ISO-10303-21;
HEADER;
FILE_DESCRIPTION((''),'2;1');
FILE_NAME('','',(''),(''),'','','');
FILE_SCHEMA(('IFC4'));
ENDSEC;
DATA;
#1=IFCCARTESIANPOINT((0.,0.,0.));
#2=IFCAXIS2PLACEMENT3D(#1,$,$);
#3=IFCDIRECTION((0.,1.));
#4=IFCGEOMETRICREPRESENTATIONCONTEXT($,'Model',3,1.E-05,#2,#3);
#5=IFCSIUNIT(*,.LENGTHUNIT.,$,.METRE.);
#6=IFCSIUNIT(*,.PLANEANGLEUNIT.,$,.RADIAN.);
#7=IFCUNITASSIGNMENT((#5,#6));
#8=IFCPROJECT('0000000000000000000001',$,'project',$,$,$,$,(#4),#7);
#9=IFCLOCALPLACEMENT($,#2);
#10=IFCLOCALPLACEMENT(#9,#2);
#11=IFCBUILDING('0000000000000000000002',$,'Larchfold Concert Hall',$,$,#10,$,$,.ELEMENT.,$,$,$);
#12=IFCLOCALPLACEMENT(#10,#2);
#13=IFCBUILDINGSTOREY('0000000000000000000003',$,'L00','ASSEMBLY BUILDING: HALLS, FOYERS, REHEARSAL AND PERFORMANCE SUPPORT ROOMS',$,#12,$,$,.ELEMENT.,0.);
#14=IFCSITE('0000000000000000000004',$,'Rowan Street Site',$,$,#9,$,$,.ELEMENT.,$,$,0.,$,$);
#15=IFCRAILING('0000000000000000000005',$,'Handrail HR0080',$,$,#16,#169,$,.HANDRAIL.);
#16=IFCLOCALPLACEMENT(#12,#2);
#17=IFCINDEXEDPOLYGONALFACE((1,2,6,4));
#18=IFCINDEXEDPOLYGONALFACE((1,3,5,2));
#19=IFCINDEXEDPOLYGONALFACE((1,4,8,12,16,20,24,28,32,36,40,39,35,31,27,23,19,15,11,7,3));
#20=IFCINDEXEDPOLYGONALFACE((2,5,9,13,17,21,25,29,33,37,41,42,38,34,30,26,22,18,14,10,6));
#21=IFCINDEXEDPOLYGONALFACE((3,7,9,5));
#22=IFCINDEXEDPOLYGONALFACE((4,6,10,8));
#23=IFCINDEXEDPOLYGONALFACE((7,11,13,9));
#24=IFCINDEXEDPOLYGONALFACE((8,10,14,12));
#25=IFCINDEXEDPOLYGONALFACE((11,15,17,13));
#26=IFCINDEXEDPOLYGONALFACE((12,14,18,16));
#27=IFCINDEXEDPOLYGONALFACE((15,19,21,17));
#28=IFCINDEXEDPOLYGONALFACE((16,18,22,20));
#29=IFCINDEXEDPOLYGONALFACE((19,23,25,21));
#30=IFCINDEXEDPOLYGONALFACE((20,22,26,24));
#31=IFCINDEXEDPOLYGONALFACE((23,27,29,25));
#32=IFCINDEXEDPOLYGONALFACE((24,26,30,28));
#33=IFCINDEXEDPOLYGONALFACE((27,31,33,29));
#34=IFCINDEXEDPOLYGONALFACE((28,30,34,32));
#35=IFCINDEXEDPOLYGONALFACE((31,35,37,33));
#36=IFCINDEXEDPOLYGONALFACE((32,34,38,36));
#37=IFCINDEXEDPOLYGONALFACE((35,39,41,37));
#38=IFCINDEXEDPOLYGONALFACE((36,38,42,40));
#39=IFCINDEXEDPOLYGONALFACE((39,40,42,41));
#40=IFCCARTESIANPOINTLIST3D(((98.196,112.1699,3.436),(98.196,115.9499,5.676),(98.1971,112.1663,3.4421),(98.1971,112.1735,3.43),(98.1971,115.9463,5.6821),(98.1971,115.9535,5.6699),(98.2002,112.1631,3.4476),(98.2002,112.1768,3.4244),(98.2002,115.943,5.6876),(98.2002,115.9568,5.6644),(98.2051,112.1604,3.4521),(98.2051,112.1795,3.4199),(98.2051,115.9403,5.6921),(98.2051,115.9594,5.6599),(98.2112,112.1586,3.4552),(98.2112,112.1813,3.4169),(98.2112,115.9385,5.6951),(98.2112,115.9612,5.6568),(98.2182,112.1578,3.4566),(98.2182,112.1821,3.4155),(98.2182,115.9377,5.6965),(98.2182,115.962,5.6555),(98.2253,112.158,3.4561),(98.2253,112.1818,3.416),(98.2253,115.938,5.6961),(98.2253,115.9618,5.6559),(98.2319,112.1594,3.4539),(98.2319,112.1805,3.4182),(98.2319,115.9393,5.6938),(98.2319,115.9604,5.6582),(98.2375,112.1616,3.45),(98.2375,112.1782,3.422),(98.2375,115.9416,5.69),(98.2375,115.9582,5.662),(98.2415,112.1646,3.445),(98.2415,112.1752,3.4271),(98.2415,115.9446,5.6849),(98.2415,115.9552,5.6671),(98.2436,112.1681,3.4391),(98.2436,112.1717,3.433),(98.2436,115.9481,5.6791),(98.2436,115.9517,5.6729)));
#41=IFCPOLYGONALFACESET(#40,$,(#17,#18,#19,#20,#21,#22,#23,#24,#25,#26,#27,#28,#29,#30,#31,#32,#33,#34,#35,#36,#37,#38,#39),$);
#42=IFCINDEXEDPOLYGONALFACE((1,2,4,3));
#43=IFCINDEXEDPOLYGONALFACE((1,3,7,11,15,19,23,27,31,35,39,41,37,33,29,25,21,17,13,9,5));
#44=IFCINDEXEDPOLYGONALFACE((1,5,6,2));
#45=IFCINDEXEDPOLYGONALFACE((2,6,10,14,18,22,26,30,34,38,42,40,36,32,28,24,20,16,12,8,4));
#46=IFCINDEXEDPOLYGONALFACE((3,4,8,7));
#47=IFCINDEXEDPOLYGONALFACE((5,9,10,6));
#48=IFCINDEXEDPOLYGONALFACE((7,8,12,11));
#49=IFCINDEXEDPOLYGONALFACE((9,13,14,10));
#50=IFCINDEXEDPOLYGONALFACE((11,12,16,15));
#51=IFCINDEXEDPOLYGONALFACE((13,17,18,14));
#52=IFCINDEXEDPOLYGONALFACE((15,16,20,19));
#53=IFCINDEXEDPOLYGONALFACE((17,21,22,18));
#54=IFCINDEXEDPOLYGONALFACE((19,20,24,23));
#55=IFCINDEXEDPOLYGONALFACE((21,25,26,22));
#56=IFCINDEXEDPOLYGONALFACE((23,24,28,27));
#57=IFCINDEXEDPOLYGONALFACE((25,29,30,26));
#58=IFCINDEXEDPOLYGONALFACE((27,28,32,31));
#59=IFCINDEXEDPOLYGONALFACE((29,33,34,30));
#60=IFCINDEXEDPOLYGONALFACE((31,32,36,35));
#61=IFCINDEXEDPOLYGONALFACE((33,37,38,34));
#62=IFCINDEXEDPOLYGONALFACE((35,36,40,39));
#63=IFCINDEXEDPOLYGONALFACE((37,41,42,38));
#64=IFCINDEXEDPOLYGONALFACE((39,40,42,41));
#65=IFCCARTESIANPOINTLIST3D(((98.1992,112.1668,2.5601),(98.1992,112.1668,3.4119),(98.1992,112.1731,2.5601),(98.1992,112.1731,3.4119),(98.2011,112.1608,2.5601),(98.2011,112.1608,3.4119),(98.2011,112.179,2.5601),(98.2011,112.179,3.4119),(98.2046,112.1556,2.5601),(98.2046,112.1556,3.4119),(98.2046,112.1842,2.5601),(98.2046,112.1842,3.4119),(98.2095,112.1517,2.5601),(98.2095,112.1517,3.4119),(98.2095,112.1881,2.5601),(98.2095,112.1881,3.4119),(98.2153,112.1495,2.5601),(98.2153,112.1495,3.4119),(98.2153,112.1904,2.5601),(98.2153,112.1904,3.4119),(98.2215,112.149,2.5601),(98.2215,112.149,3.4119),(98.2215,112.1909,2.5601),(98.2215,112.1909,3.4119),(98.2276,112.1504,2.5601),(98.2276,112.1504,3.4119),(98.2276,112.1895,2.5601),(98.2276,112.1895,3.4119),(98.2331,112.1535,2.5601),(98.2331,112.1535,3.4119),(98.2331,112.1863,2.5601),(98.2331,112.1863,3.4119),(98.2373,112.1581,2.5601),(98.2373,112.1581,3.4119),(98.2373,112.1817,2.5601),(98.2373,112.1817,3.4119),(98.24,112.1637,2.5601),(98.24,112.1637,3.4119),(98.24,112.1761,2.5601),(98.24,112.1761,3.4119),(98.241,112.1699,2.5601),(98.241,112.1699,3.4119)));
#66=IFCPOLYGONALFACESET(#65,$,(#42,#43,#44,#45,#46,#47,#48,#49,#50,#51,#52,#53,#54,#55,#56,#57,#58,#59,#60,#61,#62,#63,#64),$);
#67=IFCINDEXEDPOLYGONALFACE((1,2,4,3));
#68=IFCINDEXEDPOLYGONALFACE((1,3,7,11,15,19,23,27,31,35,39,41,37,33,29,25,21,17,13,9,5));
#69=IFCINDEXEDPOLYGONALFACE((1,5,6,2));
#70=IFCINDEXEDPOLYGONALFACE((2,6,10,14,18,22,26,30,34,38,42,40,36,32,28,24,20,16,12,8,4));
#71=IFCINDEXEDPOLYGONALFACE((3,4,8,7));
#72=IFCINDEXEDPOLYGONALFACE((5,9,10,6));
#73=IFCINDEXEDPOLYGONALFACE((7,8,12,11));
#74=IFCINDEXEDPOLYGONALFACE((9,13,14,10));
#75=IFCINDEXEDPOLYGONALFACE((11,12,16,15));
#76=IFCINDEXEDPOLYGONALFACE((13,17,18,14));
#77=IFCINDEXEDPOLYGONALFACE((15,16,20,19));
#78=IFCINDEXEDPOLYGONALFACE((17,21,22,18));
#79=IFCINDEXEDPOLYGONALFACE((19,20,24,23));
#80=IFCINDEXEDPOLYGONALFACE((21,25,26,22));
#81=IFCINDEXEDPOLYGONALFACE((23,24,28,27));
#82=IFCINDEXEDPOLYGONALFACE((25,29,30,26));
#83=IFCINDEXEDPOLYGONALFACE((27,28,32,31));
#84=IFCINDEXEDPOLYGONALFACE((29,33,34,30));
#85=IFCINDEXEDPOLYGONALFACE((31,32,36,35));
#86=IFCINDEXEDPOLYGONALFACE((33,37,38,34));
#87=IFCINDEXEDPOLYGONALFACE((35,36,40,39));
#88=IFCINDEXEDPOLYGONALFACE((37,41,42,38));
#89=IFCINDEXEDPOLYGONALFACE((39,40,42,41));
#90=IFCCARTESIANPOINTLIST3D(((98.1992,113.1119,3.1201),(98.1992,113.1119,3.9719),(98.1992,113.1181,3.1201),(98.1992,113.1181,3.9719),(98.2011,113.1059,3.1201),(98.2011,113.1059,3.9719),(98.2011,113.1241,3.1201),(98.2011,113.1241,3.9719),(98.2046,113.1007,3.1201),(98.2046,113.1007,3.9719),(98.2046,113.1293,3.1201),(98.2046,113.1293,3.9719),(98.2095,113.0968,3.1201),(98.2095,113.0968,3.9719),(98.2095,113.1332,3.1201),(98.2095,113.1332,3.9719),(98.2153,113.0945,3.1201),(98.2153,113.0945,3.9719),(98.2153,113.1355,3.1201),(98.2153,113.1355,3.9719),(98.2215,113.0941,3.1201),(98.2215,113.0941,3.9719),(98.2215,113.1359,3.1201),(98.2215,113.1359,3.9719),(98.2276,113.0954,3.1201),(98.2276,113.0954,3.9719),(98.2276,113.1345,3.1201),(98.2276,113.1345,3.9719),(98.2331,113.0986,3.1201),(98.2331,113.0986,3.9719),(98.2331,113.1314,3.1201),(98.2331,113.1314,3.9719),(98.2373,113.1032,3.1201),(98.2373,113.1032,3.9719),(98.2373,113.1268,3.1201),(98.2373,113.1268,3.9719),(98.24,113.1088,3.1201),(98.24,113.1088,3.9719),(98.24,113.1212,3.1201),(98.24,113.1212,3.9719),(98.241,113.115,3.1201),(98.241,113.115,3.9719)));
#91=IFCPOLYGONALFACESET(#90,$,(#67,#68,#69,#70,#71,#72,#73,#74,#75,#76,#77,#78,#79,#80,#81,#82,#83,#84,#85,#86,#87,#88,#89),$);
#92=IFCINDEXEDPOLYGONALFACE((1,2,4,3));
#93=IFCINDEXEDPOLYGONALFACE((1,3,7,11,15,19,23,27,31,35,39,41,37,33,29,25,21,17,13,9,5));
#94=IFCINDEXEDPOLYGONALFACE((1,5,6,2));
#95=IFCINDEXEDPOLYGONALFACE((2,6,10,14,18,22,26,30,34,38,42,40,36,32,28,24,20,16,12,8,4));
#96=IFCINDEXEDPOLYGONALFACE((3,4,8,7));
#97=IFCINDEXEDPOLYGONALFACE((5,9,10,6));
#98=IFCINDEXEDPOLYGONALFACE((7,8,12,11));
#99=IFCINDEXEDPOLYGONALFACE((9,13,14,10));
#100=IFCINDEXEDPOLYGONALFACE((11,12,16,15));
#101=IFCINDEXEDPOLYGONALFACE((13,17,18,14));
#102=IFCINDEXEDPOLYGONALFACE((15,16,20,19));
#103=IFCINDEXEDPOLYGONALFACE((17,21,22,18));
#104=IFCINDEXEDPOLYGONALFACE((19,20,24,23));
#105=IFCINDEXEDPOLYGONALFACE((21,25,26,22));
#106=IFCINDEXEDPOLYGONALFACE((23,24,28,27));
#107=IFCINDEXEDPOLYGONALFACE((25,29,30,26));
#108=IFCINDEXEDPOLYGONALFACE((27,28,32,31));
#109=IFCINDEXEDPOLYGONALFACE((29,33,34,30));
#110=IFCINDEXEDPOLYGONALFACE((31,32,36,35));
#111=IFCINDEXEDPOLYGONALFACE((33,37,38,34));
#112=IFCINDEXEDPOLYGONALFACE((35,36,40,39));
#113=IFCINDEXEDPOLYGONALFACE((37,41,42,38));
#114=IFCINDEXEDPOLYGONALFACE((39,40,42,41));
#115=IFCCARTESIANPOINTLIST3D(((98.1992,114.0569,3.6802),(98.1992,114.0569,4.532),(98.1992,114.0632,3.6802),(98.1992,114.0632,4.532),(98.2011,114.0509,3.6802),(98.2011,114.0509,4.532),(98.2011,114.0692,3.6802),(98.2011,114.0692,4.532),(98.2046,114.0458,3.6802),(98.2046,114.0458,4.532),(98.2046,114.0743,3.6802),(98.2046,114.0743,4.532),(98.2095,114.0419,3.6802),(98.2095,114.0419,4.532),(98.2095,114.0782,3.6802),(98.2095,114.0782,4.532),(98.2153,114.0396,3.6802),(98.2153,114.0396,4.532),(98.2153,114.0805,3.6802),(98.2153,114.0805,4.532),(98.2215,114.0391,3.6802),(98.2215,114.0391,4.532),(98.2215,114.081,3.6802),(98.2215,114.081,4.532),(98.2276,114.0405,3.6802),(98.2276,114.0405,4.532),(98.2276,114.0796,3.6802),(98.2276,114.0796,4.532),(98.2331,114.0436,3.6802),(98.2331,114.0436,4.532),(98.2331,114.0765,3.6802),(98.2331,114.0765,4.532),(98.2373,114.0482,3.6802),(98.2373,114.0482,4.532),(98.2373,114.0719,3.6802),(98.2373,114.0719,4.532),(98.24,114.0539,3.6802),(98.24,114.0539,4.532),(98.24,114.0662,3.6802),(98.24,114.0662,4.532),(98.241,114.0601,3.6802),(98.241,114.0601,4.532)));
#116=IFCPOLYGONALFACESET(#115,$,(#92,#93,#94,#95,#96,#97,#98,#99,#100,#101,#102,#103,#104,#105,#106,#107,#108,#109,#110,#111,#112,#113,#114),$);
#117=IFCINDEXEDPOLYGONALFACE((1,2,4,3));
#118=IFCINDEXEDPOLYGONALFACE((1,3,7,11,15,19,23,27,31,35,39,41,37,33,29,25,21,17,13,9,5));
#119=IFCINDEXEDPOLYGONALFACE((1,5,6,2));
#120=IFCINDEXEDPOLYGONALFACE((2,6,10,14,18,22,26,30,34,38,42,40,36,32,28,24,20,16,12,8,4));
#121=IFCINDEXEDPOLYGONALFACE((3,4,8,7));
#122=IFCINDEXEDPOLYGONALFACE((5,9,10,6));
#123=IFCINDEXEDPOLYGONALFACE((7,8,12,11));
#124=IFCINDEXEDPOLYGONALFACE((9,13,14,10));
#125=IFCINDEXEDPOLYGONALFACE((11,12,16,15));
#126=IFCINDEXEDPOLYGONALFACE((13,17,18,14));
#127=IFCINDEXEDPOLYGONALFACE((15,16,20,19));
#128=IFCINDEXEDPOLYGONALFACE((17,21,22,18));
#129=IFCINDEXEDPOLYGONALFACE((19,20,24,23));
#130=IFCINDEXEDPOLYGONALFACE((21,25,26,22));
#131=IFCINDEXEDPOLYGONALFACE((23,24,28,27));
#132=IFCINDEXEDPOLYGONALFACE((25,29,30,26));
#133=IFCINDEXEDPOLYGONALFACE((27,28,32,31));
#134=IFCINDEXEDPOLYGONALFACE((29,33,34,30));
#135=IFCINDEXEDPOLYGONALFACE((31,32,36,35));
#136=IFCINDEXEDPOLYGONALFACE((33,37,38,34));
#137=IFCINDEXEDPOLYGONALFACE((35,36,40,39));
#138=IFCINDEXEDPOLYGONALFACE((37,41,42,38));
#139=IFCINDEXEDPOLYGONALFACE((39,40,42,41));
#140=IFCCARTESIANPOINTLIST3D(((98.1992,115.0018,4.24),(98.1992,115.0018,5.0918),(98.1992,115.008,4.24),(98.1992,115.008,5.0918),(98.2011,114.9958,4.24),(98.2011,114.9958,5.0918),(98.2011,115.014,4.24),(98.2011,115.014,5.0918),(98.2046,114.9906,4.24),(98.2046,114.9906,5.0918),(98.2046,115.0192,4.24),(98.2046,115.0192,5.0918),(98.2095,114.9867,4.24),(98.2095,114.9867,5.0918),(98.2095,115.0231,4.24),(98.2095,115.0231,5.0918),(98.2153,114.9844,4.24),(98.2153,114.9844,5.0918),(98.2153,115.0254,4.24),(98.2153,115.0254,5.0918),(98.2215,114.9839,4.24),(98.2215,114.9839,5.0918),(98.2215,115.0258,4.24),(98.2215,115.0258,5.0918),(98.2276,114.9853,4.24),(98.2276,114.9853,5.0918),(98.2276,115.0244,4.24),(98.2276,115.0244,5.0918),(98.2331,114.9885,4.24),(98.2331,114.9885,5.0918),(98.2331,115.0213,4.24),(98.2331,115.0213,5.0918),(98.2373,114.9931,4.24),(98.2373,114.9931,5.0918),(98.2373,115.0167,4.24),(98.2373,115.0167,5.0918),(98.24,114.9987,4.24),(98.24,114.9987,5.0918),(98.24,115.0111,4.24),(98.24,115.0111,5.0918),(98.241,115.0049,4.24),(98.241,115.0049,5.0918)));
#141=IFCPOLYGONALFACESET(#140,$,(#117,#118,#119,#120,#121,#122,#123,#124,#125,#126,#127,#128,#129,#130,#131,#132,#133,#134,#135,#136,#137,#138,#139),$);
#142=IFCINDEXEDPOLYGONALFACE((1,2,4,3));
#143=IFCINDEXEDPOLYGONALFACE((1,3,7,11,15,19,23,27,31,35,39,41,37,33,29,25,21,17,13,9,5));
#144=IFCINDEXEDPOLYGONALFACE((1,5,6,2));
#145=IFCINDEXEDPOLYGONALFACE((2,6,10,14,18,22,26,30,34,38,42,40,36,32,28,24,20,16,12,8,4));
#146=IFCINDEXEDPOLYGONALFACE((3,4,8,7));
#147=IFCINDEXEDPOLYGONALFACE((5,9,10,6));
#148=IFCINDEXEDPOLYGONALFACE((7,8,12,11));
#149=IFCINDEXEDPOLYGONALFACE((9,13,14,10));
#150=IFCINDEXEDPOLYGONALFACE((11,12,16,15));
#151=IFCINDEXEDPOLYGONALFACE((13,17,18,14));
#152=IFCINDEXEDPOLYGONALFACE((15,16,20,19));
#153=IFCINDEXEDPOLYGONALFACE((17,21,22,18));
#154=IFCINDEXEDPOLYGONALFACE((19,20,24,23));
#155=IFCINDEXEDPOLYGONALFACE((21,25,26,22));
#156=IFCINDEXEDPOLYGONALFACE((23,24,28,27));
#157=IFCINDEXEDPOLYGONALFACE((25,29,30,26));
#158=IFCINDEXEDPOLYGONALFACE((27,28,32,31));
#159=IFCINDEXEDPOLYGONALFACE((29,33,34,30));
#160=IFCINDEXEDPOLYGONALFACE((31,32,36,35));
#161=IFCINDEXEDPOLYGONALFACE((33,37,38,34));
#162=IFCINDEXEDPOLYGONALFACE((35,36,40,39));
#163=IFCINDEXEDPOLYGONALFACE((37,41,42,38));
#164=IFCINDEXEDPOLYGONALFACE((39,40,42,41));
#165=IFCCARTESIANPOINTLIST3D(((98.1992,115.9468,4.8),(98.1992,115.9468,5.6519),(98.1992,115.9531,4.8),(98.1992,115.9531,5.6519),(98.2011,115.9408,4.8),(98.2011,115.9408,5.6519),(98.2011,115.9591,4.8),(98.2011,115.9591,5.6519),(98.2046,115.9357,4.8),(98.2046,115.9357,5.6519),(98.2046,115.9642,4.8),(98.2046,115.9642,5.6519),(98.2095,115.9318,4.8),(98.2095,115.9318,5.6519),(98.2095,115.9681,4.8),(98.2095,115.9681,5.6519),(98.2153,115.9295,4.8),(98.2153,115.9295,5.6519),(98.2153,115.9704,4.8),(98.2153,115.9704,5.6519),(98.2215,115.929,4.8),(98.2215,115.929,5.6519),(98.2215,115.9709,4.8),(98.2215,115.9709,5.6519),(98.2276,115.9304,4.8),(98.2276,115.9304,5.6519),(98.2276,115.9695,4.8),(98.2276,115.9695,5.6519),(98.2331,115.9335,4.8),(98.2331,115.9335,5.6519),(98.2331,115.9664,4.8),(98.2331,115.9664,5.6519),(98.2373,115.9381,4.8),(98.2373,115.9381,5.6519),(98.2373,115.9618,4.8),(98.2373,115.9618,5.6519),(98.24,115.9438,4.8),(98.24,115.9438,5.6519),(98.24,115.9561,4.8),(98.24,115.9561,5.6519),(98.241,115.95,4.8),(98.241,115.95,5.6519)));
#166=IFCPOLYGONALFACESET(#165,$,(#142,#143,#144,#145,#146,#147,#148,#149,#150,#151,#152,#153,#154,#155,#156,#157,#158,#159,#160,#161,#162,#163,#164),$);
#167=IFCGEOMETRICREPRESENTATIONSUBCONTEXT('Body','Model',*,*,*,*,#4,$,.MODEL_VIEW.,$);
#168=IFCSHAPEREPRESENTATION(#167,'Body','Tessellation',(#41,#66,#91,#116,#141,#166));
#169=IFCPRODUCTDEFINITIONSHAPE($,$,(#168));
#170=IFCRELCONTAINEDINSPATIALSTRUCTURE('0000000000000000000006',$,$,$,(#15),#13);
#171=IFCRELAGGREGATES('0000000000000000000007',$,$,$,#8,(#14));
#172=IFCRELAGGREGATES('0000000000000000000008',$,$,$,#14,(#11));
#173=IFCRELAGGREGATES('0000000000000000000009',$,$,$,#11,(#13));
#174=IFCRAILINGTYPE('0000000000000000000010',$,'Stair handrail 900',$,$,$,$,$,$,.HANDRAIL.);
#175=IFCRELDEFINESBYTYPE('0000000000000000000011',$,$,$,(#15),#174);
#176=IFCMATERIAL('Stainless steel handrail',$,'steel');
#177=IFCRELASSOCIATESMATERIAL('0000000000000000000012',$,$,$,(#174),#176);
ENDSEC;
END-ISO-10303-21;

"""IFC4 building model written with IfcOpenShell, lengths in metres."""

from ifc_helpers import new_model, si_unit, direction, frame, origin, origin_2d, place, context, subcontext, project, spatial, circle, extrude, material, type_object, element, save


model = new_model("IFC4")

# Units and contexts
model_context = context("Model", 3, precision=1e-05, world=origin(), true_north=direction((0.0, 1.0)))
body_context = subcontext(model_context, "Body", "Model", "MODEL_VIEW")
ifc_project = project(units=[si_unit("LENGTHUNIT", "METRE"), si_unit("PLANEANGLEUNIT", "RADIAN")], contexts=[model_context])

# Site, building, storey
site_placement = place(None, origin())
site = spatial("IfcSite", under=ifc_project, at=site_placement, Name="Rowan Street Site", CompositionType="ELEMENT", RefElevation=0.0)
building_placement = place(site_placement, origin())
building = spatial("IfcBuilding", under=site, at=building_placement, Name="Larchfold Concert Hall", CompositionType="ELEMENT")
storey_placement = place(building_placement, origin())
storey = spatial("IfcBuildingStorey", under=building, at=storey_placement, Name="L00", Description="ASSEMBLY BUILDING: HALLS, FOYERS, REHEARSAL AND PERFORMANCE SUPPORT ROOMS", CompositionType="ELEMENT", Elevation=0.0)

# Railing
ifc_material_1 = material(Name="Stainless steel handrail", Category="steel")
railing_type_1 = type_object("IfcRailingType", Name="Stair handrail 900", PredefinedType="HANDRAIL", material=ifc_material_1)
railing_1_placement = place(storey_placement, frame((98.22, 112.1699, 2.5601)))
element("IfcRailing", 1, at=railing_1_placement, inside=storey, type_object=railing_type_1, Name="Handrail HR0080", PredefinedType="HANDRAIL", context=body_context, shape_type="SweptSolid", body=[
    extrude(circle(Radius=0.0239, at=origin_2d()), frame((0.0, 0.0, 0.876), z_axis=(0.0, 0.860294, 0.509798), x_axis=(-1.0, 0.0, 0.0)), (0.0, 0.0, 1.0), 4.3938),
    extrude(circle(Radius=0.021, at=origin_2d()), origin(), (0.0, 0.0, 1.0), 0.8518),
    extrude(circle(Radius=0.021, at=origin_2d()), frame((0.0, 0.9451, 0.5601)), (0.0, 0.0, 1.0), 0.8518),
    extrude(circle(Radius=0.021, at=origin_2d()), frame((0.0, 1.8901, 1.1201)), (0.0, 0.0, 1.0), 0.8518),
    extrude(circle(Radius=0.021, at=origin_2d()), frame((0.0, 2.835, 1.6799)), (0.0, 0.0, 1.0), 0.8518),
    extrude(circle(Radius=0.021, at=origin_2d()), frame((0.0, 3.78, 2.24)), (0.0, 0.0, 1.0), 0.8518),
])

save(model, "model.ifc")
